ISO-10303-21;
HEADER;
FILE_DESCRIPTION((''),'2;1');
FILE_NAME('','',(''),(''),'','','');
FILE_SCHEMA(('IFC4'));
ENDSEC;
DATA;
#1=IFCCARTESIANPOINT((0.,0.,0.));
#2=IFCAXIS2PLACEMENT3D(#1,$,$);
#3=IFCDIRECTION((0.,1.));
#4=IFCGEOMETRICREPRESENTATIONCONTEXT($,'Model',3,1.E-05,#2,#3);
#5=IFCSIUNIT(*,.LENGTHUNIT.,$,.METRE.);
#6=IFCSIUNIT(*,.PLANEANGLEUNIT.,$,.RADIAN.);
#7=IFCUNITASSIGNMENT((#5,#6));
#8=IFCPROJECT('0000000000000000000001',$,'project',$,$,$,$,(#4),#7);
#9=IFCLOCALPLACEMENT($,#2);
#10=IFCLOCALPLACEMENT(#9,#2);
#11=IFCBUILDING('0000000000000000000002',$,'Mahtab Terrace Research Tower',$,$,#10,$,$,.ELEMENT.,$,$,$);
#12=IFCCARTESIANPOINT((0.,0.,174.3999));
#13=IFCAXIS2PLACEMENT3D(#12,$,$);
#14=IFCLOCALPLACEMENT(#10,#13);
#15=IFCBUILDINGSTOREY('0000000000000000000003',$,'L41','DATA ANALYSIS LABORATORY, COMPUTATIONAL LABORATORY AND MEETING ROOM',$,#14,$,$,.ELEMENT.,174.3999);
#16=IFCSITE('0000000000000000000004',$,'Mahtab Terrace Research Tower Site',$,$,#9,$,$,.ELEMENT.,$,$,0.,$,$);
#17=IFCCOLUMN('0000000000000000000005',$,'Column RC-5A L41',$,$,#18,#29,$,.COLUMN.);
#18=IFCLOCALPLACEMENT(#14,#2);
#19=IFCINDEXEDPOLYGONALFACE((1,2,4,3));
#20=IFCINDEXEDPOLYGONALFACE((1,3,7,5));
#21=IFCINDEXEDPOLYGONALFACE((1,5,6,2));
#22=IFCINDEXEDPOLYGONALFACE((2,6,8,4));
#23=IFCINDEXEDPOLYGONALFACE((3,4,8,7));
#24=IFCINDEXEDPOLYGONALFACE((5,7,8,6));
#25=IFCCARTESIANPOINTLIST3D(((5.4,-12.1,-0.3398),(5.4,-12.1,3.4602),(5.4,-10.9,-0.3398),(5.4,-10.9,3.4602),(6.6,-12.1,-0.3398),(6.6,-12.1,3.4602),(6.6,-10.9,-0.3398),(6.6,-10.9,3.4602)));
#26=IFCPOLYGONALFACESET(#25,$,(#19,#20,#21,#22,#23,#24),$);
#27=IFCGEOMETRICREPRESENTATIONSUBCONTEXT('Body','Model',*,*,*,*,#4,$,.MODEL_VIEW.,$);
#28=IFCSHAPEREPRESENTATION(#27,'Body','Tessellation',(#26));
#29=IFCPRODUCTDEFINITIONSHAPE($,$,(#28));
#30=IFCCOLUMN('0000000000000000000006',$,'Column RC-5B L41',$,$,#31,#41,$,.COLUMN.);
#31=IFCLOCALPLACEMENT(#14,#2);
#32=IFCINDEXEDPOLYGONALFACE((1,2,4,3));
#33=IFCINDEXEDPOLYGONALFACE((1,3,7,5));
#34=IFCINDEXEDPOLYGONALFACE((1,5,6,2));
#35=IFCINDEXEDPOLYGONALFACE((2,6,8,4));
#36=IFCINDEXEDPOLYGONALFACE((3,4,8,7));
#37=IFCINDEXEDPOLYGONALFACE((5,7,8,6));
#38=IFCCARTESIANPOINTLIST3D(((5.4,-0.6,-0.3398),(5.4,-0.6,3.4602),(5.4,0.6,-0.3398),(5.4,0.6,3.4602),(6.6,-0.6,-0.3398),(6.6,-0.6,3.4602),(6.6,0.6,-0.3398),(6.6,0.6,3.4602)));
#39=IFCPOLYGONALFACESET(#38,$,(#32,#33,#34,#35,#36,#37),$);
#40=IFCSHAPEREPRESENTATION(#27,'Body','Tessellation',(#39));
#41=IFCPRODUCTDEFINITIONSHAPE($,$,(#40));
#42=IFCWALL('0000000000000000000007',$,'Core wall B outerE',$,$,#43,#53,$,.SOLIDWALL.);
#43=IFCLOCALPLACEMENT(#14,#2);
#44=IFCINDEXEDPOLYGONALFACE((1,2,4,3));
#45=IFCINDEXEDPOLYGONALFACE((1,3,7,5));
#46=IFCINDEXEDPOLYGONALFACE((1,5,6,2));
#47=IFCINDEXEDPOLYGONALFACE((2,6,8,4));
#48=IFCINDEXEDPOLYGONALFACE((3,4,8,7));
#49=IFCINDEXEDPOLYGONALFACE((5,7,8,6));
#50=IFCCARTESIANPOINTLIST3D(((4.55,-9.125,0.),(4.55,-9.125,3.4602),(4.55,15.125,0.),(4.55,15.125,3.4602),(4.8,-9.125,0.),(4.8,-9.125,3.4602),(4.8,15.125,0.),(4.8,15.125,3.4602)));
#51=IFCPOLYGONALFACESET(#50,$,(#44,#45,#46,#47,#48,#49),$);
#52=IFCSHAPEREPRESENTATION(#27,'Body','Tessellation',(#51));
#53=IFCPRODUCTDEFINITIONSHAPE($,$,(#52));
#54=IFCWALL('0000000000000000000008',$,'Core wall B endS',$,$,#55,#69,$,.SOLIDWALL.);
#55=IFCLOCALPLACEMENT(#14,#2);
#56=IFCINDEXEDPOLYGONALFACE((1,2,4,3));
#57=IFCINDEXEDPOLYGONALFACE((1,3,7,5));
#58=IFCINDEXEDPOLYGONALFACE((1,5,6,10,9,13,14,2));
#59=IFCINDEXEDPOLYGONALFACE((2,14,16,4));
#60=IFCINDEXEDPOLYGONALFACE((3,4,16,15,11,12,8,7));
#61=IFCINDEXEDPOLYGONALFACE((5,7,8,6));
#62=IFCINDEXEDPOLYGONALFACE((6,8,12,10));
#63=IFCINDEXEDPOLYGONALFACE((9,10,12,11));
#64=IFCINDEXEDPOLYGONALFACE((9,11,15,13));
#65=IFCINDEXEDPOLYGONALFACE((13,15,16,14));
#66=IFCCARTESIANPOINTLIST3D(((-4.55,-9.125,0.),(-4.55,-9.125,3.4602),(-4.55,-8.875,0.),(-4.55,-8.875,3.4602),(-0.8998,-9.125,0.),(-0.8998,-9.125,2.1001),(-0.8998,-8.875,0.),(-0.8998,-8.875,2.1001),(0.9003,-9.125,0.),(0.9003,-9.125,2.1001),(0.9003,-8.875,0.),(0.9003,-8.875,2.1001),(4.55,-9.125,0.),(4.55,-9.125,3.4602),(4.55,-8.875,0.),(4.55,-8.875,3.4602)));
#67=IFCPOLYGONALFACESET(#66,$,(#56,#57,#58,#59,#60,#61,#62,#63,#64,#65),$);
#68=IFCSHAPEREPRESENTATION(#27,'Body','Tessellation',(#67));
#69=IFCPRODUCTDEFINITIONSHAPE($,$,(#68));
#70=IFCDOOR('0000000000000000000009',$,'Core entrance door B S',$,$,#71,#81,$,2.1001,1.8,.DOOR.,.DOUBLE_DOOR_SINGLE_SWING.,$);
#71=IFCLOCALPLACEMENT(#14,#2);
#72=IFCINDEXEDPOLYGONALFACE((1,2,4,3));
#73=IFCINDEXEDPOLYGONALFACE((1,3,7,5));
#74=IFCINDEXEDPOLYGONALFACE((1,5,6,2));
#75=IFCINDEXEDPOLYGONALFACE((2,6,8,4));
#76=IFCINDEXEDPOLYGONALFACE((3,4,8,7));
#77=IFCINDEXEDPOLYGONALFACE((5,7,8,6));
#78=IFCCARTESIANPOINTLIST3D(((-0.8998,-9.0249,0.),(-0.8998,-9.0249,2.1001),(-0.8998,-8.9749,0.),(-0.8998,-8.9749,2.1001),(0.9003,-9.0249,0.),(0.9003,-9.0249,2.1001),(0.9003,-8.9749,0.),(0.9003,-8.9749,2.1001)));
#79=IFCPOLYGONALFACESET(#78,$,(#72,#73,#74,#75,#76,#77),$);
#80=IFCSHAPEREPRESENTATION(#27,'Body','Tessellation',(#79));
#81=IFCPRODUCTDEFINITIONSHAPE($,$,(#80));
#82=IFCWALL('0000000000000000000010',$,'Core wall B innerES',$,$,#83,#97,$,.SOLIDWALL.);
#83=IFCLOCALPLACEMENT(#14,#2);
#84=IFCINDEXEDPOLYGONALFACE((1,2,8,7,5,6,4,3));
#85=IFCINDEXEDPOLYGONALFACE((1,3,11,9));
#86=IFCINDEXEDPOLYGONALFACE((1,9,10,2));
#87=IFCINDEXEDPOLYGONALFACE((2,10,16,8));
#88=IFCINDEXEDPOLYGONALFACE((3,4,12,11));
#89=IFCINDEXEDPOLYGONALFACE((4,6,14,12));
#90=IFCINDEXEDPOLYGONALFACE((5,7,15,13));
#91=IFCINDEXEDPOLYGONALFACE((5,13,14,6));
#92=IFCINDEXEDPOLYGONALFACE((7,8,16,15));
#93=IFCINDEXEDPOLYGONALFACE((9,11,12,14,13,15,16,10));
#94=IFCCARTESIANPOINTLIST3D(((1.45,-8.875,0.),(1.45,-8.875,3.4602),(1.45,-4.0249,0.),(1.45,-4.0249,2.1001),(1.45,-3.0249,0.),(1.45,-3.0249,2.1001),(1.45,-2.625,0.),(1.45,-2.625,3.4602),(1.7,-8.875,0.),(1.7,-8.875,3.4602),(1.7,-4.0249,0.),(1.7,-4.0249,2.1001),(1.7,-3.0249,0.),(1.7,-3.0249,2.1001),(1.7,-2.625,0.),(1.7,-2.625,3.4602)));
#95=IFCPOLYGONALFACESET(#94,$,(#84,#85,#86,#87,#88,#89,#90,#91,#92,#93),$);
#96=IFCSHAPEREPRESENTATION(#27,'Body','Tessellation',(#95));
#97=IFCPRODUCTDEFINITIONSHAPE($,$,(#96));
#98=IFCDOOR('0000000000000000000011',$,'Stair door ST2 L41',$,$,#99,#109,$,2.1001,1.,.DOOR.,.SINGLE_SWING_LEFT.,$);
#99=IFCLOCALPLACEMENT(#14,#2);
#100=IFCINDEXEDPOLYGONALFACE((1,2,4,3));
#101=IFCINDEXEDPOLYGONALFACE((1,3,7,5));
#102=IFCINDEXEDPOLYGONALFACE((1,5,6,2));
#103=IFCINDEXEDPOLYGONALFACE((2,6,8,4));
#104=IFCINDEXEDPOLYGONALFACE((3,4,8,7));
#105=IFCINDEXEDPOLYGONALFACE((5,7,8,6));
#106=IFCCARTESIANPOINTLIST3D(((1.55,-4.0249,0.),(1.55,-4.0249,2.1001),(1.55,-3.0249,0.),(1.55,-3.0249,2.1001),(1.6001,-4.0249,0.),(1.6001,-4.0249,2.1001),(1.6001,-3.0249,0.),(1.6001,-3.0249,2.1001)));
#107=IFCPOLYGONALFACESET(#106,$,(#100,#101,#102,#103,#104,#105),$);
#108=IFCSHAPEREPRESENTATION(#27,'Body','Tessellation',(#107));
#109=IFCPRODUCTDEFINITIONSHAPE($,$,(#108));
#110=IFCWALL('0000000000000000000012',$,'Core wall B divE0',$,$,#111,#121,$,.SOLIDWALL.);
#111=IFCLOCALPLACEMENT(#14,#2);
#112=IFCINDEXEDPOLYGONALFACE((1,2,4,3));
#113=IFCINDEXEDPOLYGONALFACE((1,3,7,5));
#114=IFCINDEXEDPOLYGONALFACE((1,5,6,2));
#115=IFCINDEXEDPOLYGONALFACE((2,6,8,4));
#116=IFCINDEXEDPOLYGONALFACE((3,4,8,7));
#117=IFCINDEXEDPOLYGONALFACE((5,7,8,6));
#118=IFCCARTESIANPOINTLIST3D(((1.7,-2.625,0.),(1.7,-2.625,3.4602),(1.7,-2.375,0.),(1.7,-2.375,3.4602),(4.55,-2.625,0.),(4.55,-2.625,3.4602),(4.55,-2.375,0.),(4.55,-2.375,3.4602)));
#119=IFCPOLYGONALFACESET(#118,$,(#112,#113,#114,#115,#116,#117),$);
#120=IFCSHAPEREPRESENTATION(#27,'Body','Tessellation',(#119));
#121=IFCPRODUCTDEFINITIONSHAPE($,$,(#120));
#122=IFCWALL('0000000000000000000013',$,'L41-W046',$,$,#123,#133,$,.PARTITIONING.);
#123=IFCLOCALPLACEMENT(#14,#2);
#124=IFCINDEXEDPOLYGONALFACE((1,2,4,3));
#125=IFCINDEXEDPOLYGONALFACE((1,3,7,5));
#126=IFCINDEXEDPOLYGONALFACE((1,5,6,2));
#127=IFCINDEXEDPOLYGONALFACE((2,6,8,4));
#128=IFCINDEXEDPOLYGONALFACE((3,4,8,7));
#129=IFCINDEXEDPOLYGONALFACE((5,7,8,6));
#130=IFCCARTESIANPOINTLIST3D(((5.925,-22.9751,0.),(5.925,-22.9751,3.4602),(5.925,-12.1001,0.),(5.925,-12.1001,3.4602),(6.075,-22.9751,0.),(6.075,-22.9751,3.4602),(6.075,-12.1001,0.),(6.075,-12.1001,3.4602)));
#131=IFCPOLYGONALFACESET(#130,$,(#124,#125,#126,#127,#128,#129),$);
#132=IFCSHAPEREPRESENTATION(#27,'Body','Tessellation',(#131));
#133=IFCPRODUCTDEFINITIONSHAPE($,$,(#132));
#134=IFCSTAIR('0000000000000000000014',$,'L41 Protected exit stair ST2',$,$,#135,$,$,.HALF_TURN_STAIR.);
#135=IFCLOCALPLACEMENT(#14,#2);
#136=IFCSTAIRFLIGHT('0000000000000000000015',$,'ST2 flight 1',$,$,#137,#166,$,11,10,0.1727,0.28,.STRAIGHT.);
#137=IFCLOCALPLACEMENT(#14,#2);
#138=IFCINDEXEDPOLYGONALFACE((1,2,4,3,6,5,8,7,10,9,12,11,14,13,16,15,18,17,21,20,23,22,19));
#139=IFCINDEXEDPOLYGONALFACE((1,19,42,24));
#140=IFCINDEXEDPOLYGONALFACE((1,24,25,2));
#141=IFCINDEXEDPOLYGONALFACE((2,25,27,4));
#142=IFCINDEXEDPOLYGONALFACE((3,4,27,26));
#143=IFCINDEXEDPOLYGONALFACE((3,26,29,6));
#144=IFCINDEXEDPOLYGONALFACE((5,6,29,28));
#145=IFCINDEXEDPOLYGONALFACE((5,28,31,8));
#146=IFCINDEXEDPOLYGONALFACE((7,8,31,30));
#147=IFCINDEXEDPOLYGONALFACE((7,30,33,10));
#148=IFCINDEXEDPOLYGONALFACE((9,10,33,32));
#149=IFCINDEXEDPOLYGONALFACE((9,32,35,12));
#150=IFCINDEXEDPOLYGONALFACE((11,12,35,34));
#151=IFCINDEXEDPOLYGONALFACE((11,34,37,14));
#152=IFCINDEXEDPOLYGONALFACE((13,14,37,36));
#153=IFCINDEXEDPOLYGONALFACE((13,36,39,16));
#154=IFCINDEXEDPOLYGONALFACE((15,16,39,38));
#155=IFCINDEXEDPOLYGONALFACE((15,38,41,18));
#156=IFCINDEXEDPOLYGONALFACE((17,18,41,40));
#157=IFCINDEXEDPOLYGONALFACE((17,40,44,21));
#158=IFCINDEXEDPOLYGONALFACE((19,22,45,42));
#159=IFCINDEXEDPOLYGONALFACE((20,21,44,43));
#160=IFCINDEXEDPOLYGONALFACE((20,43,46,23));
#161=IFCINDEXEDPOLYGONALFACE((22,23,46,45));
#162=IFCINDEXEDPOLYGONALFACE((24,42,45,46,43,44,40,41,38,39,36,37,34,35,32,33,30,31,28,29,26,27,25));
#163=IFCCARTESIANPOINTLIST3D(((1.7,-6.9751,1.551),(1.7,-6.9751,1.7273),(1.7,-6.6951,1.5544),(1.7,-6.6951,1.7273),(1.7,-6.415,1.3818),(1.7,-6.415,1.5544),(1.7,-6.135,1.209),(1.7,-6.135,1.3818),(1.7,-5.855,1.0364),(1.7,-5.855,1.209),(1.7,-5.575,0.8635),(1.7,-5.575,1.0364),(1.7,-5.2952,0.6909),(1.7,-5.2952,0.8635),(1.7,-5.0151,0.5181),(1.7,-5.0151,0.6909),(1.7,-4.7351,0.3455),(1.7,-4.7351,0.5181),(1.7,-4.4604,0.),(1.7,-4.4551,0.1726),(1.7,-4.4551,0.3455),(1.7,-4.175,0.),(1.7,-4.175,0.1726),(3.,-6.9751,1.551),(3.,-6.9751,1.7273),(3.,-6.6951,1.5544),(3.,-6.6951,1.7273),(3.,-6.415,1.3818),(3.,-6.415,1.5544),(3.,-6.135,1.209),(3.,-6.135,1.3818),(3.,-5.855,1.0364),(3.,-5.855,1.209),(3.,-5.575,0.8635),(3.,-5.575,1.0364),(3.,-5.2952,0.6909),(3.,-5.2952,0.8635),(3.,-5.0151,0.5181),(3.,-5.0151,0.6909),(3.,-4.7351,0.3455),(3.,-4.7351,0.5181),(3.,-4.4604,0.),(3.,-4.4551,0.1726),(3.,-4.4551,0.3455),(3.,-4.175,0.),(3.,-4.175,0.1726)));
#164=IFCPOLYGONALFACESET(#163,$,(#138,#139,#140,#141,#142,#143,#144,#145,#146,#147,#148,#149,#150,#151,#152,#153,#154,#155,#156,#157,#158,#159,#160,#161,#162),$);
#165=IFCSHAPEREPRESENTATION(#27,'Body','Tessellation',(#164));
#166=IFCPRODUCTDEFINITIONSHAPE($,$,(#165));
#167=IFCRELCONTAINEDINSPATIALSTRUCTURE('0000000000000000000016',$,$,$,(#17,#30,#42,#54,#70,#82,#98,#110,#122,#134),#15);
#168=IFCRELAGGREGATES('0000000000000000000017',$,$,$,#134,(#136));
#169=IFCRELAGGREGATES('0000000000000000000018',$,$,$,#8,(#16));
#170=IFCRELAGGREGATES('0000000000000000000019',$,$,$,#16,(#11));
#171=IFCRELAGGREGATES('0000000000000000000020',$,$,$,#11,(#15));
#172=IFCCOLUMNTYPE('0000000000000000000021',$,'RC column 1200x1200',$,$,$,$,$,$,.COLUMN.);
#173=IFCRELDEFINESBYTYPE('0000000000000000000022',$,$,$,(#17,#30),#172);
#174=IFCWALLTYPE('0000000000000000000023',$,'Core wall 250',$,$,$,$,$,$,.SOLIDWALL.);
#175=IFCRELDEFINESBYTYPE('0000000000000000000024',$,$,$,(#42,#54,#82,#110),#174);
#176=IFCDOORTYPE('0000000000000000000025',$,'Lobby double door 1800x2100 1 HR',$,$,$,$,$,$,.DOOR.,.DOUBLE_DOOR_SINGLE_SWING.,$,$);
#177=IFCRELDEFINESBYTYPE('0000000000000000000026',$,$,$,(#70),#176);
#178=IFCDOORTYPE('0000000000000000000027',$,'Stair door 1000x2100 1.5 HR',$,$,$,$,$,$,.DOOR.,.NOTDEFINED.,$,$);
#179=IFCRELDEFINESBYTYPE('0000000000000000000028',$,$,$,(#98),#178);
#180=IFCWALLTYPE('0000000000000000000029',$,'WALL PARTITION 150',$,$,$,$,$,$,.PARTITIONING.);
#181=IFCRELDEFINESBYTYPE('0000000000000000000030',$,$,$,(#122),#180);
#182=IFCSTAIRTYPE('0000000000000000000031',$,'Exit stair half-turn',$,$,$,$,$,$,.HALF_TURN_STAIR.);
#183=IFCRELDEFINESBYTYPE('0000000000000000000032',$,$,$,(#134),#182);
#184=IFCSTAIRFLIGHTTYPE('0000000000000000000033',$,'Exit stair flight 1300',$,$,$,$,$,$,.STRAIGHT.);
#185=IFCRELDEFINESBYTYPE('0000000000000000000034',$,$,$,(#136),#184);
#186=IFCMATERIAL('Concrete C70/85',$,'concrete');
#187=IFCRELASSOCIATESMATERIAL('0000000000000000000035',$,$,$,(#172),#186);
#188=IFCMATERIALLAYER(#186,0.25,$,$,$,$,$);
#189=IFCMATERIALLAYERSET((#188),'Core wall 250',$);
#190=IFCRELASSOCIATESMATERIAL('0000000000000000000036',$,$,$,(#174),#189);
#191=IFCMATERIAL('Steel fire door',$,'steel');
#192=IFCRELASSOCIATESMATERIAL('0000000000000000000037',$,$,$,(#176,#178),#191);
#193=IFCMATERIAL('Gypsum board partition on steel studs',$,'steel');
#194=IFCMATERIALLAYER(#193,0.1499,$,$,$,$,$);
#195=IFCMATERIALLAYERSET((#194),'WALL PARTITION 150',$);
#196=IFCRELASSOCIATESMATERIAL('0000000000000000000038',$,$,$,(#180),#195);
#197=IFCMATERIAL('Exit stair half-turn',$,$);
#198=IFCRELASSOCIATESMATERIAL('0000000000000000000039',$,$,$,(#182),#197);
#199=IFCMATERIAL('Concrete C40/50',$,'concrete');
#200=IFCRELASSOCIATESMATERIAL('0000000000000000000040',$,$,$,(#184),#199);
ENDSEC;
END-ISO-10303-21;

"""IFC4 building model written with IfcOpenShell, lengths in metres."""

from ifc_helpers import new_model, si_unit, direction, frame, frame_2d, origin, origin_2d, place, context, subcontext, project, spatial, polyline, rectangle, outline, extrude, material, layer, layer_set, material_profile, profile_set, type_object, element, fill, aggregate, save


model = new_model("IFC4")

# Units and contexts
model_context = context("Model", 3, precision=1e-05, world=origin(), true_north=direction((0.0, 1.0)))
body_context = subcontext(model_context, "Body", "Model", "MODEL_VIEW")
ifc_project = project(units=[si_unit("LENGTHUNIT", "METRE"), si_unit("PLANEANGLEUNIT", "RADIAN")], contexts=[model_context])

# Site, building, storey
site_placement = place(None, origin())
site = spatial("IfcSite", under=ifc_project, at=site_placement, Name="Mahtab Terrace Research Tower Site", CompositionType="ELEMENT", RefElevation=0.0)
building_placement = place(site_placement, origin())
building = spatial("IfcBuilding", under=site, at=building_placement, Name="Mahtab Terrace Research Tower", CompositionType="ELEMENT")
storey_placement = place(building_placement, frame((0.0, 0.0, 174.3999)))
storey = spatial("IfcBuildingStorey", under=building, at=storey_placement, Name="L41", Description="DATA ANALYSIS LABORATORY, COMPUTATIONAL LABORATORY AND MEETING ROOM", CompositionType="ELEMENT", Elevation=174.3999)

# Columns
ifc_material_1 = material(Name="Concrete C70/85", Category="concrete")
ifc_material_profile = material_profile(ifc_material_1, rectangle(XDim=1.2, YDim=1.2, at=origin_2d()), Name="RC column 1200x1200")
ifc_profile_set = profile_set([ifc_material_profile], Name="Concrete C70/85")
column_type = type_object("IfcColumnType", Name="RC column 1200x1200", PredefinedType="COLUMN", material=ifc_profile_set)
for number, where, z_axis, x_axis, name in (
    (1, (6.0, -11.5, -0.3398), (0.0, 0.0, 1.0), (1.0, 0.0, 0.0), "Column RC-5A L41"),
    (2, (6.0, 0.0, -0.3398), (0.0, 0.0, 1.0), (1.0, 0.0, 0.0), "Column RC-5B L41"),
):
    element("IfcColumn", number, at=place(storey_placement, frame(where, z_axis=z_axis, x_axis=x_axis)), inside=storey, type_object=column_type, Name=name, PredefinedType="COLUMN", context=body_context, shape_type="SweptSolid", body=[
        extrude(rectangle(XDim=1.2, YDim=1.2, at=origin_2d()), origin(), (0.0, 0.0, 1.0), 3.8),
    ])

# Wall
ifc_layer_1 = layer(ifc_material_1, 0.25)
ifc_layer_set_1 = layer_set([ifc_layer_1], Name="Core wall 250")
wall_type_1 = type_object("IfcWallType", Name="Core wall 250", PredefinedType="SOLIDWALL", material=ifc_layer_set_1)
wall_1_placement = place(storey_placement, frame((4.675, -9.125, 0.0), z_axis=(0.0, 0.0, 1.0), x_axis=(0.0, 1.0, 0.0)))
element("IfcWall", 3, at=wall_1_placement, inside=storey, type_object=wall_type_1, Name="Core wall B outerE", PredefinedType="SOLIDWALL", context=body_context, shape_type="SweptSolid", body=[
    extrude(rectangle(XDim=24.25, YDim=0.25, at=frame_2d((12.125, 0.0))), origin(), (0.0, 0.0, 1.0), 3.4602),
])

# Walls, openings, doors
wall_2_placement = place(storey_placement, frame((4.55, -9.0, 0.0), z_axis=(0.0, 0.0, 1.0), x_axis=(-1.0, 0.0, 0.0)))
wall_2 = element("IfcWall", 4, at=wall_2_placement, inside=storey, type_object=wall_type_1, Name="Core wall B endS", PredefinedType="SOLIDWALL", context=body_context, shape_type="SweptSolid", body=[
    extrude(rectangle(XDim=9.1001, YDim=0.25, at=frame_2d((4.55, 0.0))), origin(), (0.0, 0.0, 1.0), 3.4602),
])
opening_1_placement = place(wall_2_placement, frame((3.6499, 0.0, 0.0)))
opening_1 = element("IfcOpeningElement", 5, at=opening_1_placement, cuts=wall_2, PredefinedType="OPENING", context=body_context, shape_type="SweptSolid", body=[
    extrude(rectangle(XDim=1.8, YDim=2.1001, at=frame_2d((0.8999, 1.05))), frame((0.0, 0.135, 0.0), z_axis=(0.0, -1.0, 0.0), x_axis=(1.0, 0.0, 0.0)), (0.0, 0.0, 1.0), 0.27),
])
ifc_material_2 = material(Name="Steel fire door", Category="steel")
door_type_1 = type_object("IfcDoorType", Name="Lobby double door 1800x2100 1 HR", OperationType="DOUBLE_DOOR_SINGLE_SWING", PredefinedType="DOOR", material=ifc_material_2)
door_1_placement = place(opening_1_placement, origin())
door_1 = element("IfcDoor", 6, at=door_1_placement, inside=storey, type_object=door_type_1, Name="Core entrance door B S", OperationType="DOUBLE_DOOR_SINGLE_SWING", OverallHeight=2.1001, OverallWidth=1.8, PredefinedType="DOOR", context=body_context, shape_type="SweptSolid", body=[
    extrude(rectangle(XDim=1.8, YDim=2.1001, at=frame_2d((0.8999, 1.05))), frame((0.0, 0.0249, 0.0), z_axis=(0.0, -1.0, 0.0), x_axis=(1.0, 0.0, 0.0)), (0.0, 0.0, 1.0), 0.05),
])
fill(opening_1, door_1)
wall_3_placement = place(storey_placement, frame((1.575, -8.875, 0.0), z_axis=(0.0, 0.0, 1.0), x_axis=(0.0, 1.0, 0.0)))
wall_3 = element("IfcWall", 7, at=wall_3_placement, inside=storey, type_object=wall_type_1, Name="Core wall B innerES", PredefinedType="SOLIDWALL", context=body_context, shape_type="SweptSolid", body=[
    extrude(rectangle(XDim=6.25, YDim=0.25, at=frame_2d((3.125, 0.0))), origin(), (0.0, 0.0, 1.0), 3.4602),
])
opening_2_placement = place(wall_3_placement, frame((4.8501, 0.0, 0.0)))
opening_2 = element("IfcOpeningElement", 8, at=opening_2_placement, cuts=wall_3, PredefinedType="OPENING", context=body_context, shape_type="SweptSolid", body=[
    extrude(rectangle(XDim=1.0, YDim=2.1001, at=frame_2d((0.5, 1.05))), frame((0.0, 0.135, 0.0), z_axis=(0.0, -1.0, 0.0), x_axis=(1.0, 0.0, 0.0)), (0.0, 0.0, 1.0), 0.27),
])
door_type_2 = type_object("IfcDoorType", Name="Stair door 1000x2100 1.5 HR", OperationType="NOTDEFINED", PredefinedType="DOOR", material=ifc_material_2)
door_2_placement = place(opening_2_placement, origin())
door_2 = element("IfcDoor", 9, at=door_2_placement, inside=storey, type_object=door_type_2, Name="Stair door ST2 L41", OperationType="SINGLE_SWING_LEFT", OverallHeight=2.1001, OverallWidth=1.0, PredefinedType="DOOR", context=body_context, shape_type="SweptSolid", body=[
    extrude(rectangle(XDim=1.0, YDim=2.1001, at=frame_2d((0.5, 1.05))), frame((0.0, 0.0249, 0.0), z_axis=(0.0, -1.0, 0.0), x_axis=(1.0, 0.0, 0.0)), (0.0, 0.0, 1.0), 0.05),
])
fill(opening_2, door_2)

# Walls
wall_4_placement = place(storey_placement, frame((1.7, -2.5, 0.0), z_axis=(0.0, 0.0, 1.0), x_axis=(1.0, 0.0, 0.0)))
element("IfcWall", 10, at=wall_4_placement, inside=storey, type_object=wall_type_1, Name="Core wall B divE0", PredefinedType="SOLIDWALL", context=body_context, shape_type="SweptSolid", body=[
    extrude(rectangle(XDim=2.8501, YDim=0.25, at=frame_2d((1.425, 0.0))), origin(), (0.0, 0.0, 1.0), 3.4602),
])
ifc_material_3 = material(Name="Gypsum board partition on steel studs", Category="steel")
ifc_layer_2 = layer(ifc_material_3, 0.1499)
ifc_layer_set_2 = layer_set([ifc_layer_2], Name="WALL PARTITION 150")
wall_type_2 = type_object("IfcWallType", Name="WALL PARTITION 150", PredefinedType="PARTITIONING", material=ifc_layer_set_2)
wall_5_placement = place(storey_placement, frame((6.0, -22.9751, 0.0), z_axis=(0.0, 0.0, 1.0), x_axis=(0.0, 1.0, 0.0)))
element("IfcWall", 11, at=wall_5_placement, inside=storey, type_object=wall_type_2, Name="L41-W046", PredefinedType="PARTITIONING", context=body_context, shape_type="SweptSolid", body=[
    extrude(rectangle(XDim=10.875, YDim=0.1499, at=frame_2d((5.4375, 0.0))), origin(), (0.0, 0.0, 1.0), 3.4602),
])

# Stair, stair flight
ifc_material_4 = material(Name="Exit stair half-turn")
stair_type = type_object("IfcStairType", Name="Exit stair half-turn", PredefinedType="HALF_TURN_STAIR", material=ifc_material_4)
stair_placement = place(storey_placement, origin())
stair = element("IfcStair", 12, at=stair_placement, inside=storey, type_object=stair_type, Name="L41 Protected exit stair ST2", PredefinedType="HALF_TURN_STAIR")
ifc_material_5 = material(Name="Concrete C40/50", Category="concrete")
stair_flight_type = type_object("IfcStairFlightType", Name="Exit stair flight 1300", PredefinedType="STRAIGHT", material=ifc_material_5)
stair_flight_1_placement = place(storey_placement, frame((2.3501, -4.175, 0.0), z_axis=(0.0, 0.0, 1.0), x_axis=(0.0, -1.0, 0.0)))
stair_flight_1 = element("IfcStairFlight", 13, at=stair_flight_1_placement, type_object=stair_flight_type, Name="ST2 flight 1", NumberOfRisers=11, NumberOfTreads=10, PredefinedType="STRAIGHT", RiserHeight=0.1727, TreadLength=0.28, context=body_context, shape_type="SweptSolid", body=[
    extrude(outline(polyline([(0.0, 0.0), (0.0, 0.1726), (0.28, 0.1726), (0.28, 0.3455), (0.5601, 0.3455), (0.5601, 0.5181), (0.8401, 0.5181), (0.8401, 0.6909), (1.1201, 0.6909), (1.1201, 0.8635), (1.3999, 0.8635), (1.3999, 1.0364), (1.6799, 1.0364), (1.6799, 1.209), (1.96, 1.209), (1.96, 1.3818), (2.24, 1.3818), (2.24, 1.5544), (2.52, 1.5544), (2.52, 1.7273), (2.8, 1.7273), (2.8, 1.8999), (2.8, 1.551), (0.2854, 0.0), (0.0, 0.0)])), frame((0.0, 0.6499, 0.0), z_axis=(0.0, -1.0, 0.0), x_axis=(1.0, 0.0, 0.0)), (0.0, 0.0, 1.0), 1.3),
])
aggregate(stair, [stair_flight_1])

save(model, "model.ifc")
